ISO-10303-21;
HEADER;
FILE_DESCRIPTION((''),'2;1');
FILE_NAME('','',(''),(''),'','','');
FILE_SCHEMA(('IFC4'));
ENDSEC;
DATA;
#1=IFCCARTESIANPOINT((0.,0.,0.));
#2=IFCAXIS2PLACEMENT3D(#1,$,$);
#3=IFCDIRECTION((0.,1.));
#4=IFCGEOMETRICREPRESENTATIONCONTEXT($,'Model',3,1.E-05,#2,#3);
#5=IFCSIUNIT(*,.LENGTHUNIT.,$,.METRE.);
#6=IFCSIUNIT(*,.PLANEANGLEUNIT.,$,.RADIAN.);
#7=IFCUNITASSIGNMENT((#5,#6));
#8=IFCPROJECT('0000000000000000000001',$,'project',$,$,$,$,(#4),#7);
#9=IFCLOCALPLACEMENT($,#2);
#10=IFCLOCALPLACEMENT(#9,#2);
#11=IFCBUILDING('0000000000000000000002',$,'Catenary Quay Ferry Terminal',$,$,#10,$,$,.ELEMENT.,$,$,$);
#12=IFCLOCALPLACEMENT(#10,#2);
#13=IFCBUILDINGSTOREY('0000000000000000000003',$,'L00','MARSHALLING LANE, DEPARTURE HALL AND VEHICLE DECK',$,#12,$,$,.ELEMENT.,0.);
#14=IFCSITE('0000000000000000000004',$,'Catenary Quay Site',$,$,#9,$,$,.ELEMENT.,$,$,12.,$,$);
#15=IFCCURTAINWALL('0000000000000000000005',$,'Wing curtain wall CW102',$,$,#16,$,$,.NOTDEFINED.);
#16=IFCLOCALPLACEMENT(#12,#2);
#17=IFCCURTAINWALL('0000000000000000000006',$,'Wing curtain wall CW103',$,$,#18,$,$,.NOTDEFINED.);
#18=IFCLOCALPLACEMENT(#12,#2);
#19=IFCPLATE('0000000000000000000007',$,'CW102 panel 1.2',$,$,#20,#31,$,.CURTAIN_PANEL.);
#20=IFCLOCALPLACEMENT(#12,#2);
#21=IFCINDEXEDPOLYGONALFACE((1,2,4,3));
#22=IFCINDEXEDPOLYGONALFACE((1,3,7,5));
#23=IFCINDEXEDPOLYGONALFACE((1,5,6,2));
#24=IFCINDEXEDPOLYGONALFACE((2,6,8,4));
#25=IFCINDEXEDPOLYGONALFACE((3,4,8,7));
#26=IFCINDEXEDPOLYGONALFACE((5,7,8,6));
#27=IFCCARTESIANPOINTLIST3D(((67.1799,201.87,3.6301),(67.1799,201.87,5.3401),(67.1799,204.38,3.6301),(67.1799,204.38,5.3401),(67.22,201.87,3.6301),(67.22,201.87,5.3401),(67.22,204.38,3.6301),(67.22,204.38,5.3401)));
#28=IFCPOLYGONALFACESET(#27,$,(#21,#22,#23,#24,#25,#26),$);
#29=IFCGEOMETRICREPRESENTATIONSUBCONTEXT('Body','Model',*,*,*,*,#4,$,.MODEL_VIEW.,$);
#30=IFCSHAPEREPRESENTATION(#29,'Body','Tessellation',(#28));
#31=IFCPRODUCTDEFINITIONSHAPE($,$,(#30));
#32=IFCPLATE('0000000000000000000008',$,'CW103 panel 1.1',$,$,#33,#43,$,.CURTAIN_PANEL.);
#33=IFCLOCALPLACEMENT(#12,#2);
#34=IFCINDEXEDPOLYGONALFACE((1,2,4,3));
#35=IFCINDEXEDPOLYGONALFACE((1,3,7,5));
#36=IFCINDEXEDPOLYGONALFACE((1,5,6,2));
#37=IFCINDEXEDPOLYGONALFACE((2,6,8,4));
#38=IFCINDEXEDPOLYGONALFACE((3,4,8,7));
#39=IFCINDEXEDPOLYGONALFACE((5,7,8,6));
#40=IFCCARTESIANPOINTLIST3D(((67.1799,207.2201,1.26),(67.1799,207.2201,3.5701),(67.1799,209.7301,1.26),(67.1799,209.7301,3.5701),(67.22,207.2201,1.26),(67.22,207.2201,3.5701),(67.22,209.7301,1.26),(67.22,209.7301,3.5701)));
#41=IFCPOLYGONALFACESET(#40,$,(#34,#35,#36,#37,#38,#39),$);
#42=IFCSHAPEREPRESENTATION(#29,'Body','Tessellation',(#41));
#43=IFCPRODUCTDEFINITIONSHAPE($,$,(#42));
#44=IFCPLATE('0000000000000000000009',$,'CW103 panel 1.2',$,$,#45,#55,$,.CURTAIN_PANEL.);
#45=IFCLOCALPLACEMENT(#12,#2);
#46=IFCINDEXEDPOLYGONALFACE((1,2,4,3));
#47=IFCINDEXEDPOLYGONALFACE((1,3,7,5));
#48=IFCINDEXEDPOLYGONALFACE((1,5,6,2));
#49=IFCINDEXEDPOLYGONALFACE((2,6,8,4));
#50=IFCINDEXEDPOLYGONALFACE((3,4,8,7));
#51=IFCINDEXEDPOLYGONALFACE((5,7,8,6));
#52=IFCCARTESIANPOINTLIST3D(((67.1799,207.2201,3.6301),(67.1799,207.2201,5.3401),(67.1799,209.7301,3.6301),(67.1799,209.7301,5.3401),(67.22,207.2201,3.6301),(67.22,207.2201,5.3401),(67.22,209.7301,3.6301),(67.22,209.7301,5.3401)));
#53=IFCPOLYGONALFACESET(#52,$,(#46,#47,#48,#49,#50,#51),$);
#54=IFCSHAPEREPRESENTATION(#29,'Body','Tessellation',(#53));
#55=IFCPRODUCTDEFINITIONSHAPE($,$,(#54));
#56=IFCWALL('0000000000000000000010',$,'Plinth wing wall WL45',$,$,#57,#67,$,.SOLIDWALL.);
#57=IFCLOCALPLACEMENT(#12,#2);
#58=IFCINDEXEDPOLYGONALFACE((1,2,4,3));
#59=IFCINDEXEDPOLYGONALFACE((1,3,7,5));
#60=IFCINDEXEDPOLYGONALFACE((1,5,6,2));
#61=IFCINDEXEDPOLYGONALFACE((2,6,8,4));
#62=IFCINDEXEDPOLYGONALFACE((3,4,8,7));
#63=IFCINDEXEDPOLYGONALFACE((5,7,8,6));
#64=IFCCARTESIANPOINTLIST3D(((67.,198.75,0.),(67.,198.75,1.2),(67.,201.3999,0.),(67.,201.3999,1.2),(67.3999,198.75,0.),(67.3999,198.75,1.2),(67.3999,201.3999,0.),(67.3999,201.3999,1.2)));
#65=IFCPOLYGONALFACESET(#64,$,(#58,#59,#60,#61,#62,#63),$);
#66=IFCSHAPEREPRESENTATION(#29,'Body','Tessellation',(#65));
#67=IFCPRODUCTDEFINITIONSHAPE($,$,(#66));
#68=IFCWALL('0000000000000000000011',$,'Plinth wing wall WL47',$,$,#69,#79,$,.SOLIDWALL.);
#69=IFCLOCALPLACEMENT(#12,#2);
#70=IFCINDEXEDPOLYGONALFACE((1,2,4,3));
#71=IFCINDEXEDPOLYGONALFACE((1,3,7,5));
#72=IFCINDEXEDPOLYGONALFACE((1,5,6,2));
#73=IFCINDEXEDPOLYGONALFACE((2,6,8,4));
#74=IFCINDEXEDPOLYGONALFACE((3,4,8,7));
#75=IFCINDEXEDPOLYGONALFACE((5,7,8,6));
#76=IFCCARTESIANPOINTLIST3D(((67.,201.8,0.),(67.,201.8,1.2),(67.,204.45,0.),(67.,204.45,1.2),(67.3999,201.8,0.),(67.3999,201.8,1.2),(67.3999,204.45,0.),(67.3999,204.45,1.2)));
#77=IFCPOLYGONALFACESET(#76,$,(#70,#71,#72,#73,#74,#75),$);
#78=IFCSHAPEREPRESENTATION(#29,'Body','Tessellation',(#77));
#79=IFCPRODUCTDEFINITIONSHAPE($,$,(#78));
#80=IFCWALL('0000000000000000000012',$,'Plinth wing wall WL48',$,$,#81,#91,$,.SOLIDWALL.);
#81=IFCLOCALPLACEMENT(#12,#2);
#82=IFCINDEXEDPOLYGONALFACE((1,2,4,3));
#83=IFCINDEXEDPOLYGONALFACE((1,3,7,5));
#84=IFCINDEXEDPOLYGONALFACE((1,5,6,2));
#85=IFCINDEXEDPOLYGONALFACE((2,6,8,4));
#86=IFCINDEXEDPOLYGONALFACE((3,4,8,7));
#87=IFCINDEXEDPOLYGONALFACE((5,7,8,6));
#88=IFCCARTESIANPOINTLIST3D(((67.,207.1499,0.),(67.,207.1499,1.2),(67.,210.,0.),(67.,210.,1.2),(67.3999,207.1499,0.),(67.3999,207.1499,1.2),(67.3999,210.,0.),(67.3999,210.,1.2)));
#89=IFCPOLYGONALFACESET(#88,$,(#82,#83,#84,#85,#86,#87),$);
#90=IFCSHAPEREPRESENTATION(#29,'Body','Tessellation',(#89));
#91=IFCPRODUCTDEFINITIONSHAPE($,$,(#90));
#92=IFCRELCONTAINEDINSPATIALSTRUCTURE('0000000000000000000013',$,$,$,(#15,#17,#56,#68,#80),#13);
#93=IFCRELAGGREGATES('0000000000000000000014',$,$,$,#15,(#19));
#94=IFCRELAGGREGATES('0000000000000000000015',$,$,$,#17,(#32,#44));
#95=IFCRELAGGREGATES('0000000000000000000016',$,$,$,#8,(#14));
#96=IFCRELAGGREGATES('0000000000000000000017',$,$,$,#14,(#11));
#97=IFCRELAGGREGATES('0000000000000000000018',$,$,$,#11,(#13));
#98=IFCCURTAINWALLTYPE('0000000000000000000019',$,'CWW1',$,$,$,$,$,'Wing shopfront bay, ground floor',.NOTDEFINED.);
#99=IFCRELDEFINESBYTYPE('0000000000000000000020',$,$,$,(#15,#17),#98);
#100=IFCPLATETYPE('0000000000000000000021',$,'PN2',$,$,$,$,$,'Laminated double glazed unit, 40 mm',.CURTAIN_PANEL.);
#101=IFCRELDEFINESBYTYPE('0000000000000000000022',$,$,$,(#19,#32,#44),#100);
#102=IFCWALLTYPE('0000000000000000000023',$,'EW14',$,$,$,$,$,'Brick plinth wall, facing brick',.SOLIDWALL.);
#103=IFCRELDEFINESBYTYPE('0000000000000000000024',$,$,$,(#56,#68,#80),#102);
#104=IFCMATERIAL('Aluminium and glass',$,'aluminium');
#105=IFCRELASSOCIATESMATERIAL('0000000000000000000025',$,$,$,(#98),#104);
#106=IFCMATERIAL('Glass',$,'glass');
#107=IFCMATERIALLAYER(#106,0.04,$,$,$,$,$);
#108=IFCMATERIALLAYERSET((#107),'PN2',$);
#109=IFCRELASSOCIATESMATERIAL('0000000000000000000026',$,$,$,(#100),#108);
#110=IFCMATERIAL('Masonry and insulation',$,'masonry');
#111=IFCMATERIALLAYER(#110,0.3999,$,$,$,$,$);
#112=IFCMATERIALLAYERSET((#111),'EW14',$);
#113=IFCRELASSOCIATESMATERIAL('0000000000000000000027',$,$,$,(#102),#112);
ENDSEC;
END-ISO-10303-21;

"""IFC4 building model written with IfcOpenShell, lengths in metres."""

from ifc_helpers import new_model, si_unit, direction, frame, frame_2d, origin, origin_2d, place, context, subcontext, project, spatial, rectangle, extrude, material, layer, layer_set, type_object, element, aggregate, save


model = new_model("IFC4")

# Units and contexts
model_context = context("Model", 3, precision=1e-05, world=origin(), true_north=direction((0.0, 1.0)))
body_context = subcontext(model_context, "Body", "Model", "MODEL_VIEW")
ifc_project = project(units=[si_unit("LENGTHUNIT", "METRE"), si_unit("PLANEANGLEUNIT", "RADIAN")], contexts=[model_context])

# Site, building, storey
site_placement = place(None, origin())
site = spatial("IfcSite", under=ifc_project, at=site_placement, Name="Catenary Quay Site", CompositionType="ELEMENT", RefElevation=12.0)
building_placement = place(site_placement, origin())
building = spatial("IfcBuilding", under=site, at=building_placement, Name="Catenary Quay Ferry Terminal", CompositionType="ELEMENT")
storey_placement = place(building_placement, origin())
storey = spatial("IfcBuildingStorey", under=building, at=storey_placement, Name="L00", Description="MARSHALLING LANE, DEPARTURE HALL AND VEHICLE DECK", CompositionType="ELEMENT", Elevation=0.0)

# Shared definitions
ifc_material_1 = material(Name="Aluminium and glass", Category="aluminium")
curtain_wall_type = type_object("IfcCurtainWallType", Name="CWW1", ElementType="Wing shopfront bay, ground floor", PredefinedType="NOTDEFINED", material=ifc_material_1)

# Curtain walls
curtain_wall_1_placement = place(storey_placement, origin())
curtain_wall_1 = element("IfcCurtainWall", 1, at=curtain_wall_1_placement, inside=storey, type_object=curtain_wall_type, Name="Wing curtain wall CW102", PredefinedType="NOTDEFINED")
curtain_wall_2_placement = place(storey_placement, origin())
curtain_wall_2 = element("IfcCurtainWall", 2, at=curtain_wall_2_placement, inside=storey, type_object=curtain_wall_type, Name="Wing curtain wall CW103", PredefinedType="NOTDEFINED")

# Plates
ifc_material_2 = material(Name="Glass", Category="glass")
ifc_layer_1 = layer(ifc_material_2, 0.04)
ifc_layer_set_1 = layer_set([ifc_layer_1], Name="PN2")
plate_type = type_object("IfcPlateType", Name="PN2", ElementType="Laminated double glazed unit, 40 mm", PredefinedType="CURTAIN_PANEL", material=ifc_layer_set_1)
plate_1_placement = place(storey_placement, frame((67.2, 203.125, 3.6301), z_axis=(0.0, 0.0, 1.0), x_axis=(0.0, 1.0, 0.0)))
plate_1 = element("IfcPlate", 3, at=plate_1_placement, type_object=plate_type, Name="CW102 panel 1.2", PredefinedType="CURTAIN_PANEL", context=body_context, shape_type="SweptSolid", body=[
    extrude(rectangle(XDim=2.51, YDim=0.04, at=origin_2d()), origin(), (0.0, 0.0, 1.0), 1.71),
])
aggregate(curtain_wall_1, [plate_1])
plate_2_placement = place(storey_placement, frame((67.2, 208.4751, 1.26), z_axis=(0.0, 0.0, 1.0), x_axis=(0.0, 1.0, 0.0)))
plate_2 = element("IfcPlate", 4, at=plate_2_placement, type_object=plate_type, Name="CW103 panel 1.1", PredefinedType="CURTAIN_PANEL", context=body_context, shape_type="SweptSolid", body=[
    extrude(rectangle(XDim=2.51, YDim=0.04, at=origin_2d()), origin(), (0.0, 0.0, 1.0), 2.3101),
])
plate_3_placement = place(storey_placement, frame((67.2, 208.4751, 3.6301), z_axis=(0.0, 0.0, 1.0), x_axis=(0.0, 1.0, 0.0)))
plate_3 = element("IfcPlate", 5, at=plate_3_placement, type_object=plate_type, Name="CW103 panel 1.2", PredefinedType="CURTAIN_PANEL", context=body_context, shape_type="SweptSolid", body=[
    extrude(rectangle(XDim=2.51, YDim=0.04, at=origin_2d()), origin(), (0.0, 0.0, 1.0), 1.71),
])
aggregate(curtain_wall_2, [plate_2, plate_3])

# Walls
ifc_material_3 = material(Name="Masonry and insulation", Category="masonry")
ifc_layer_2 = layer(ifc_material_3, 0.3999)
ifc_layer_set_2 = layer_set([ifc_layer_2], Name="EW14")
wall_type_1 = type_object("IfcWallType", Name="EW14", ElementType="Brick plinth wall, facing brick", PredefinedType="SOLIDWALL", material=ifc_layer_set_2)
for number, where, z_axis, x_axis, name in (
    (6, (67.2, 198.75, 0.0), (0.0, 0.0, 1.0), (0.0, 1.0, 0.0), "Plinth wing wall WL45"),
    (7, (67.2, 201.8, 0.0), (0.0, 0.0, 1.0), (0.0, 1.0, 0.0), "Plinth wing wall WL47"),
):
    element("IfcWall", number, at=place(storey_placement, frame(where, z_axis=z_axis, x_axis=x_axis)), inside=storey, type_object=wall_type_1, Name=name, PredefinedType="SOLIDWALL", context=body_context, shape_type="SweptSolid", body=[
        extrude(rectangle(XDim=2.6499, YDim=0.3999, at=frame_2d((1.325, 0.0))), origin(), (0.0, 0.0, 1.0), 1.2),
    ])
wall_1_placement = place(storey_placement, frame((67.2, 207.1499, 0.0), z_axis=(0.0, 0.0, 1.0), x_axis=(0.0, 1.0, 0.0)))
element("IfcWall", 8, at=wall_1_placement, inside=storey, type_object=wall_type_1, Name="Plinth wing wall WL48", PredefinedType="SOLIDWALL", context=body_context, shape_type="SweptSolid", body=[
    extrude(rectangle(XDim=2.8501, YDim=0.3999, at=frame_2d((1.425, 0.0))), origin(), (0.0, 0.0, 1.0), 1.2),
])

save(model, "model.ifc")
